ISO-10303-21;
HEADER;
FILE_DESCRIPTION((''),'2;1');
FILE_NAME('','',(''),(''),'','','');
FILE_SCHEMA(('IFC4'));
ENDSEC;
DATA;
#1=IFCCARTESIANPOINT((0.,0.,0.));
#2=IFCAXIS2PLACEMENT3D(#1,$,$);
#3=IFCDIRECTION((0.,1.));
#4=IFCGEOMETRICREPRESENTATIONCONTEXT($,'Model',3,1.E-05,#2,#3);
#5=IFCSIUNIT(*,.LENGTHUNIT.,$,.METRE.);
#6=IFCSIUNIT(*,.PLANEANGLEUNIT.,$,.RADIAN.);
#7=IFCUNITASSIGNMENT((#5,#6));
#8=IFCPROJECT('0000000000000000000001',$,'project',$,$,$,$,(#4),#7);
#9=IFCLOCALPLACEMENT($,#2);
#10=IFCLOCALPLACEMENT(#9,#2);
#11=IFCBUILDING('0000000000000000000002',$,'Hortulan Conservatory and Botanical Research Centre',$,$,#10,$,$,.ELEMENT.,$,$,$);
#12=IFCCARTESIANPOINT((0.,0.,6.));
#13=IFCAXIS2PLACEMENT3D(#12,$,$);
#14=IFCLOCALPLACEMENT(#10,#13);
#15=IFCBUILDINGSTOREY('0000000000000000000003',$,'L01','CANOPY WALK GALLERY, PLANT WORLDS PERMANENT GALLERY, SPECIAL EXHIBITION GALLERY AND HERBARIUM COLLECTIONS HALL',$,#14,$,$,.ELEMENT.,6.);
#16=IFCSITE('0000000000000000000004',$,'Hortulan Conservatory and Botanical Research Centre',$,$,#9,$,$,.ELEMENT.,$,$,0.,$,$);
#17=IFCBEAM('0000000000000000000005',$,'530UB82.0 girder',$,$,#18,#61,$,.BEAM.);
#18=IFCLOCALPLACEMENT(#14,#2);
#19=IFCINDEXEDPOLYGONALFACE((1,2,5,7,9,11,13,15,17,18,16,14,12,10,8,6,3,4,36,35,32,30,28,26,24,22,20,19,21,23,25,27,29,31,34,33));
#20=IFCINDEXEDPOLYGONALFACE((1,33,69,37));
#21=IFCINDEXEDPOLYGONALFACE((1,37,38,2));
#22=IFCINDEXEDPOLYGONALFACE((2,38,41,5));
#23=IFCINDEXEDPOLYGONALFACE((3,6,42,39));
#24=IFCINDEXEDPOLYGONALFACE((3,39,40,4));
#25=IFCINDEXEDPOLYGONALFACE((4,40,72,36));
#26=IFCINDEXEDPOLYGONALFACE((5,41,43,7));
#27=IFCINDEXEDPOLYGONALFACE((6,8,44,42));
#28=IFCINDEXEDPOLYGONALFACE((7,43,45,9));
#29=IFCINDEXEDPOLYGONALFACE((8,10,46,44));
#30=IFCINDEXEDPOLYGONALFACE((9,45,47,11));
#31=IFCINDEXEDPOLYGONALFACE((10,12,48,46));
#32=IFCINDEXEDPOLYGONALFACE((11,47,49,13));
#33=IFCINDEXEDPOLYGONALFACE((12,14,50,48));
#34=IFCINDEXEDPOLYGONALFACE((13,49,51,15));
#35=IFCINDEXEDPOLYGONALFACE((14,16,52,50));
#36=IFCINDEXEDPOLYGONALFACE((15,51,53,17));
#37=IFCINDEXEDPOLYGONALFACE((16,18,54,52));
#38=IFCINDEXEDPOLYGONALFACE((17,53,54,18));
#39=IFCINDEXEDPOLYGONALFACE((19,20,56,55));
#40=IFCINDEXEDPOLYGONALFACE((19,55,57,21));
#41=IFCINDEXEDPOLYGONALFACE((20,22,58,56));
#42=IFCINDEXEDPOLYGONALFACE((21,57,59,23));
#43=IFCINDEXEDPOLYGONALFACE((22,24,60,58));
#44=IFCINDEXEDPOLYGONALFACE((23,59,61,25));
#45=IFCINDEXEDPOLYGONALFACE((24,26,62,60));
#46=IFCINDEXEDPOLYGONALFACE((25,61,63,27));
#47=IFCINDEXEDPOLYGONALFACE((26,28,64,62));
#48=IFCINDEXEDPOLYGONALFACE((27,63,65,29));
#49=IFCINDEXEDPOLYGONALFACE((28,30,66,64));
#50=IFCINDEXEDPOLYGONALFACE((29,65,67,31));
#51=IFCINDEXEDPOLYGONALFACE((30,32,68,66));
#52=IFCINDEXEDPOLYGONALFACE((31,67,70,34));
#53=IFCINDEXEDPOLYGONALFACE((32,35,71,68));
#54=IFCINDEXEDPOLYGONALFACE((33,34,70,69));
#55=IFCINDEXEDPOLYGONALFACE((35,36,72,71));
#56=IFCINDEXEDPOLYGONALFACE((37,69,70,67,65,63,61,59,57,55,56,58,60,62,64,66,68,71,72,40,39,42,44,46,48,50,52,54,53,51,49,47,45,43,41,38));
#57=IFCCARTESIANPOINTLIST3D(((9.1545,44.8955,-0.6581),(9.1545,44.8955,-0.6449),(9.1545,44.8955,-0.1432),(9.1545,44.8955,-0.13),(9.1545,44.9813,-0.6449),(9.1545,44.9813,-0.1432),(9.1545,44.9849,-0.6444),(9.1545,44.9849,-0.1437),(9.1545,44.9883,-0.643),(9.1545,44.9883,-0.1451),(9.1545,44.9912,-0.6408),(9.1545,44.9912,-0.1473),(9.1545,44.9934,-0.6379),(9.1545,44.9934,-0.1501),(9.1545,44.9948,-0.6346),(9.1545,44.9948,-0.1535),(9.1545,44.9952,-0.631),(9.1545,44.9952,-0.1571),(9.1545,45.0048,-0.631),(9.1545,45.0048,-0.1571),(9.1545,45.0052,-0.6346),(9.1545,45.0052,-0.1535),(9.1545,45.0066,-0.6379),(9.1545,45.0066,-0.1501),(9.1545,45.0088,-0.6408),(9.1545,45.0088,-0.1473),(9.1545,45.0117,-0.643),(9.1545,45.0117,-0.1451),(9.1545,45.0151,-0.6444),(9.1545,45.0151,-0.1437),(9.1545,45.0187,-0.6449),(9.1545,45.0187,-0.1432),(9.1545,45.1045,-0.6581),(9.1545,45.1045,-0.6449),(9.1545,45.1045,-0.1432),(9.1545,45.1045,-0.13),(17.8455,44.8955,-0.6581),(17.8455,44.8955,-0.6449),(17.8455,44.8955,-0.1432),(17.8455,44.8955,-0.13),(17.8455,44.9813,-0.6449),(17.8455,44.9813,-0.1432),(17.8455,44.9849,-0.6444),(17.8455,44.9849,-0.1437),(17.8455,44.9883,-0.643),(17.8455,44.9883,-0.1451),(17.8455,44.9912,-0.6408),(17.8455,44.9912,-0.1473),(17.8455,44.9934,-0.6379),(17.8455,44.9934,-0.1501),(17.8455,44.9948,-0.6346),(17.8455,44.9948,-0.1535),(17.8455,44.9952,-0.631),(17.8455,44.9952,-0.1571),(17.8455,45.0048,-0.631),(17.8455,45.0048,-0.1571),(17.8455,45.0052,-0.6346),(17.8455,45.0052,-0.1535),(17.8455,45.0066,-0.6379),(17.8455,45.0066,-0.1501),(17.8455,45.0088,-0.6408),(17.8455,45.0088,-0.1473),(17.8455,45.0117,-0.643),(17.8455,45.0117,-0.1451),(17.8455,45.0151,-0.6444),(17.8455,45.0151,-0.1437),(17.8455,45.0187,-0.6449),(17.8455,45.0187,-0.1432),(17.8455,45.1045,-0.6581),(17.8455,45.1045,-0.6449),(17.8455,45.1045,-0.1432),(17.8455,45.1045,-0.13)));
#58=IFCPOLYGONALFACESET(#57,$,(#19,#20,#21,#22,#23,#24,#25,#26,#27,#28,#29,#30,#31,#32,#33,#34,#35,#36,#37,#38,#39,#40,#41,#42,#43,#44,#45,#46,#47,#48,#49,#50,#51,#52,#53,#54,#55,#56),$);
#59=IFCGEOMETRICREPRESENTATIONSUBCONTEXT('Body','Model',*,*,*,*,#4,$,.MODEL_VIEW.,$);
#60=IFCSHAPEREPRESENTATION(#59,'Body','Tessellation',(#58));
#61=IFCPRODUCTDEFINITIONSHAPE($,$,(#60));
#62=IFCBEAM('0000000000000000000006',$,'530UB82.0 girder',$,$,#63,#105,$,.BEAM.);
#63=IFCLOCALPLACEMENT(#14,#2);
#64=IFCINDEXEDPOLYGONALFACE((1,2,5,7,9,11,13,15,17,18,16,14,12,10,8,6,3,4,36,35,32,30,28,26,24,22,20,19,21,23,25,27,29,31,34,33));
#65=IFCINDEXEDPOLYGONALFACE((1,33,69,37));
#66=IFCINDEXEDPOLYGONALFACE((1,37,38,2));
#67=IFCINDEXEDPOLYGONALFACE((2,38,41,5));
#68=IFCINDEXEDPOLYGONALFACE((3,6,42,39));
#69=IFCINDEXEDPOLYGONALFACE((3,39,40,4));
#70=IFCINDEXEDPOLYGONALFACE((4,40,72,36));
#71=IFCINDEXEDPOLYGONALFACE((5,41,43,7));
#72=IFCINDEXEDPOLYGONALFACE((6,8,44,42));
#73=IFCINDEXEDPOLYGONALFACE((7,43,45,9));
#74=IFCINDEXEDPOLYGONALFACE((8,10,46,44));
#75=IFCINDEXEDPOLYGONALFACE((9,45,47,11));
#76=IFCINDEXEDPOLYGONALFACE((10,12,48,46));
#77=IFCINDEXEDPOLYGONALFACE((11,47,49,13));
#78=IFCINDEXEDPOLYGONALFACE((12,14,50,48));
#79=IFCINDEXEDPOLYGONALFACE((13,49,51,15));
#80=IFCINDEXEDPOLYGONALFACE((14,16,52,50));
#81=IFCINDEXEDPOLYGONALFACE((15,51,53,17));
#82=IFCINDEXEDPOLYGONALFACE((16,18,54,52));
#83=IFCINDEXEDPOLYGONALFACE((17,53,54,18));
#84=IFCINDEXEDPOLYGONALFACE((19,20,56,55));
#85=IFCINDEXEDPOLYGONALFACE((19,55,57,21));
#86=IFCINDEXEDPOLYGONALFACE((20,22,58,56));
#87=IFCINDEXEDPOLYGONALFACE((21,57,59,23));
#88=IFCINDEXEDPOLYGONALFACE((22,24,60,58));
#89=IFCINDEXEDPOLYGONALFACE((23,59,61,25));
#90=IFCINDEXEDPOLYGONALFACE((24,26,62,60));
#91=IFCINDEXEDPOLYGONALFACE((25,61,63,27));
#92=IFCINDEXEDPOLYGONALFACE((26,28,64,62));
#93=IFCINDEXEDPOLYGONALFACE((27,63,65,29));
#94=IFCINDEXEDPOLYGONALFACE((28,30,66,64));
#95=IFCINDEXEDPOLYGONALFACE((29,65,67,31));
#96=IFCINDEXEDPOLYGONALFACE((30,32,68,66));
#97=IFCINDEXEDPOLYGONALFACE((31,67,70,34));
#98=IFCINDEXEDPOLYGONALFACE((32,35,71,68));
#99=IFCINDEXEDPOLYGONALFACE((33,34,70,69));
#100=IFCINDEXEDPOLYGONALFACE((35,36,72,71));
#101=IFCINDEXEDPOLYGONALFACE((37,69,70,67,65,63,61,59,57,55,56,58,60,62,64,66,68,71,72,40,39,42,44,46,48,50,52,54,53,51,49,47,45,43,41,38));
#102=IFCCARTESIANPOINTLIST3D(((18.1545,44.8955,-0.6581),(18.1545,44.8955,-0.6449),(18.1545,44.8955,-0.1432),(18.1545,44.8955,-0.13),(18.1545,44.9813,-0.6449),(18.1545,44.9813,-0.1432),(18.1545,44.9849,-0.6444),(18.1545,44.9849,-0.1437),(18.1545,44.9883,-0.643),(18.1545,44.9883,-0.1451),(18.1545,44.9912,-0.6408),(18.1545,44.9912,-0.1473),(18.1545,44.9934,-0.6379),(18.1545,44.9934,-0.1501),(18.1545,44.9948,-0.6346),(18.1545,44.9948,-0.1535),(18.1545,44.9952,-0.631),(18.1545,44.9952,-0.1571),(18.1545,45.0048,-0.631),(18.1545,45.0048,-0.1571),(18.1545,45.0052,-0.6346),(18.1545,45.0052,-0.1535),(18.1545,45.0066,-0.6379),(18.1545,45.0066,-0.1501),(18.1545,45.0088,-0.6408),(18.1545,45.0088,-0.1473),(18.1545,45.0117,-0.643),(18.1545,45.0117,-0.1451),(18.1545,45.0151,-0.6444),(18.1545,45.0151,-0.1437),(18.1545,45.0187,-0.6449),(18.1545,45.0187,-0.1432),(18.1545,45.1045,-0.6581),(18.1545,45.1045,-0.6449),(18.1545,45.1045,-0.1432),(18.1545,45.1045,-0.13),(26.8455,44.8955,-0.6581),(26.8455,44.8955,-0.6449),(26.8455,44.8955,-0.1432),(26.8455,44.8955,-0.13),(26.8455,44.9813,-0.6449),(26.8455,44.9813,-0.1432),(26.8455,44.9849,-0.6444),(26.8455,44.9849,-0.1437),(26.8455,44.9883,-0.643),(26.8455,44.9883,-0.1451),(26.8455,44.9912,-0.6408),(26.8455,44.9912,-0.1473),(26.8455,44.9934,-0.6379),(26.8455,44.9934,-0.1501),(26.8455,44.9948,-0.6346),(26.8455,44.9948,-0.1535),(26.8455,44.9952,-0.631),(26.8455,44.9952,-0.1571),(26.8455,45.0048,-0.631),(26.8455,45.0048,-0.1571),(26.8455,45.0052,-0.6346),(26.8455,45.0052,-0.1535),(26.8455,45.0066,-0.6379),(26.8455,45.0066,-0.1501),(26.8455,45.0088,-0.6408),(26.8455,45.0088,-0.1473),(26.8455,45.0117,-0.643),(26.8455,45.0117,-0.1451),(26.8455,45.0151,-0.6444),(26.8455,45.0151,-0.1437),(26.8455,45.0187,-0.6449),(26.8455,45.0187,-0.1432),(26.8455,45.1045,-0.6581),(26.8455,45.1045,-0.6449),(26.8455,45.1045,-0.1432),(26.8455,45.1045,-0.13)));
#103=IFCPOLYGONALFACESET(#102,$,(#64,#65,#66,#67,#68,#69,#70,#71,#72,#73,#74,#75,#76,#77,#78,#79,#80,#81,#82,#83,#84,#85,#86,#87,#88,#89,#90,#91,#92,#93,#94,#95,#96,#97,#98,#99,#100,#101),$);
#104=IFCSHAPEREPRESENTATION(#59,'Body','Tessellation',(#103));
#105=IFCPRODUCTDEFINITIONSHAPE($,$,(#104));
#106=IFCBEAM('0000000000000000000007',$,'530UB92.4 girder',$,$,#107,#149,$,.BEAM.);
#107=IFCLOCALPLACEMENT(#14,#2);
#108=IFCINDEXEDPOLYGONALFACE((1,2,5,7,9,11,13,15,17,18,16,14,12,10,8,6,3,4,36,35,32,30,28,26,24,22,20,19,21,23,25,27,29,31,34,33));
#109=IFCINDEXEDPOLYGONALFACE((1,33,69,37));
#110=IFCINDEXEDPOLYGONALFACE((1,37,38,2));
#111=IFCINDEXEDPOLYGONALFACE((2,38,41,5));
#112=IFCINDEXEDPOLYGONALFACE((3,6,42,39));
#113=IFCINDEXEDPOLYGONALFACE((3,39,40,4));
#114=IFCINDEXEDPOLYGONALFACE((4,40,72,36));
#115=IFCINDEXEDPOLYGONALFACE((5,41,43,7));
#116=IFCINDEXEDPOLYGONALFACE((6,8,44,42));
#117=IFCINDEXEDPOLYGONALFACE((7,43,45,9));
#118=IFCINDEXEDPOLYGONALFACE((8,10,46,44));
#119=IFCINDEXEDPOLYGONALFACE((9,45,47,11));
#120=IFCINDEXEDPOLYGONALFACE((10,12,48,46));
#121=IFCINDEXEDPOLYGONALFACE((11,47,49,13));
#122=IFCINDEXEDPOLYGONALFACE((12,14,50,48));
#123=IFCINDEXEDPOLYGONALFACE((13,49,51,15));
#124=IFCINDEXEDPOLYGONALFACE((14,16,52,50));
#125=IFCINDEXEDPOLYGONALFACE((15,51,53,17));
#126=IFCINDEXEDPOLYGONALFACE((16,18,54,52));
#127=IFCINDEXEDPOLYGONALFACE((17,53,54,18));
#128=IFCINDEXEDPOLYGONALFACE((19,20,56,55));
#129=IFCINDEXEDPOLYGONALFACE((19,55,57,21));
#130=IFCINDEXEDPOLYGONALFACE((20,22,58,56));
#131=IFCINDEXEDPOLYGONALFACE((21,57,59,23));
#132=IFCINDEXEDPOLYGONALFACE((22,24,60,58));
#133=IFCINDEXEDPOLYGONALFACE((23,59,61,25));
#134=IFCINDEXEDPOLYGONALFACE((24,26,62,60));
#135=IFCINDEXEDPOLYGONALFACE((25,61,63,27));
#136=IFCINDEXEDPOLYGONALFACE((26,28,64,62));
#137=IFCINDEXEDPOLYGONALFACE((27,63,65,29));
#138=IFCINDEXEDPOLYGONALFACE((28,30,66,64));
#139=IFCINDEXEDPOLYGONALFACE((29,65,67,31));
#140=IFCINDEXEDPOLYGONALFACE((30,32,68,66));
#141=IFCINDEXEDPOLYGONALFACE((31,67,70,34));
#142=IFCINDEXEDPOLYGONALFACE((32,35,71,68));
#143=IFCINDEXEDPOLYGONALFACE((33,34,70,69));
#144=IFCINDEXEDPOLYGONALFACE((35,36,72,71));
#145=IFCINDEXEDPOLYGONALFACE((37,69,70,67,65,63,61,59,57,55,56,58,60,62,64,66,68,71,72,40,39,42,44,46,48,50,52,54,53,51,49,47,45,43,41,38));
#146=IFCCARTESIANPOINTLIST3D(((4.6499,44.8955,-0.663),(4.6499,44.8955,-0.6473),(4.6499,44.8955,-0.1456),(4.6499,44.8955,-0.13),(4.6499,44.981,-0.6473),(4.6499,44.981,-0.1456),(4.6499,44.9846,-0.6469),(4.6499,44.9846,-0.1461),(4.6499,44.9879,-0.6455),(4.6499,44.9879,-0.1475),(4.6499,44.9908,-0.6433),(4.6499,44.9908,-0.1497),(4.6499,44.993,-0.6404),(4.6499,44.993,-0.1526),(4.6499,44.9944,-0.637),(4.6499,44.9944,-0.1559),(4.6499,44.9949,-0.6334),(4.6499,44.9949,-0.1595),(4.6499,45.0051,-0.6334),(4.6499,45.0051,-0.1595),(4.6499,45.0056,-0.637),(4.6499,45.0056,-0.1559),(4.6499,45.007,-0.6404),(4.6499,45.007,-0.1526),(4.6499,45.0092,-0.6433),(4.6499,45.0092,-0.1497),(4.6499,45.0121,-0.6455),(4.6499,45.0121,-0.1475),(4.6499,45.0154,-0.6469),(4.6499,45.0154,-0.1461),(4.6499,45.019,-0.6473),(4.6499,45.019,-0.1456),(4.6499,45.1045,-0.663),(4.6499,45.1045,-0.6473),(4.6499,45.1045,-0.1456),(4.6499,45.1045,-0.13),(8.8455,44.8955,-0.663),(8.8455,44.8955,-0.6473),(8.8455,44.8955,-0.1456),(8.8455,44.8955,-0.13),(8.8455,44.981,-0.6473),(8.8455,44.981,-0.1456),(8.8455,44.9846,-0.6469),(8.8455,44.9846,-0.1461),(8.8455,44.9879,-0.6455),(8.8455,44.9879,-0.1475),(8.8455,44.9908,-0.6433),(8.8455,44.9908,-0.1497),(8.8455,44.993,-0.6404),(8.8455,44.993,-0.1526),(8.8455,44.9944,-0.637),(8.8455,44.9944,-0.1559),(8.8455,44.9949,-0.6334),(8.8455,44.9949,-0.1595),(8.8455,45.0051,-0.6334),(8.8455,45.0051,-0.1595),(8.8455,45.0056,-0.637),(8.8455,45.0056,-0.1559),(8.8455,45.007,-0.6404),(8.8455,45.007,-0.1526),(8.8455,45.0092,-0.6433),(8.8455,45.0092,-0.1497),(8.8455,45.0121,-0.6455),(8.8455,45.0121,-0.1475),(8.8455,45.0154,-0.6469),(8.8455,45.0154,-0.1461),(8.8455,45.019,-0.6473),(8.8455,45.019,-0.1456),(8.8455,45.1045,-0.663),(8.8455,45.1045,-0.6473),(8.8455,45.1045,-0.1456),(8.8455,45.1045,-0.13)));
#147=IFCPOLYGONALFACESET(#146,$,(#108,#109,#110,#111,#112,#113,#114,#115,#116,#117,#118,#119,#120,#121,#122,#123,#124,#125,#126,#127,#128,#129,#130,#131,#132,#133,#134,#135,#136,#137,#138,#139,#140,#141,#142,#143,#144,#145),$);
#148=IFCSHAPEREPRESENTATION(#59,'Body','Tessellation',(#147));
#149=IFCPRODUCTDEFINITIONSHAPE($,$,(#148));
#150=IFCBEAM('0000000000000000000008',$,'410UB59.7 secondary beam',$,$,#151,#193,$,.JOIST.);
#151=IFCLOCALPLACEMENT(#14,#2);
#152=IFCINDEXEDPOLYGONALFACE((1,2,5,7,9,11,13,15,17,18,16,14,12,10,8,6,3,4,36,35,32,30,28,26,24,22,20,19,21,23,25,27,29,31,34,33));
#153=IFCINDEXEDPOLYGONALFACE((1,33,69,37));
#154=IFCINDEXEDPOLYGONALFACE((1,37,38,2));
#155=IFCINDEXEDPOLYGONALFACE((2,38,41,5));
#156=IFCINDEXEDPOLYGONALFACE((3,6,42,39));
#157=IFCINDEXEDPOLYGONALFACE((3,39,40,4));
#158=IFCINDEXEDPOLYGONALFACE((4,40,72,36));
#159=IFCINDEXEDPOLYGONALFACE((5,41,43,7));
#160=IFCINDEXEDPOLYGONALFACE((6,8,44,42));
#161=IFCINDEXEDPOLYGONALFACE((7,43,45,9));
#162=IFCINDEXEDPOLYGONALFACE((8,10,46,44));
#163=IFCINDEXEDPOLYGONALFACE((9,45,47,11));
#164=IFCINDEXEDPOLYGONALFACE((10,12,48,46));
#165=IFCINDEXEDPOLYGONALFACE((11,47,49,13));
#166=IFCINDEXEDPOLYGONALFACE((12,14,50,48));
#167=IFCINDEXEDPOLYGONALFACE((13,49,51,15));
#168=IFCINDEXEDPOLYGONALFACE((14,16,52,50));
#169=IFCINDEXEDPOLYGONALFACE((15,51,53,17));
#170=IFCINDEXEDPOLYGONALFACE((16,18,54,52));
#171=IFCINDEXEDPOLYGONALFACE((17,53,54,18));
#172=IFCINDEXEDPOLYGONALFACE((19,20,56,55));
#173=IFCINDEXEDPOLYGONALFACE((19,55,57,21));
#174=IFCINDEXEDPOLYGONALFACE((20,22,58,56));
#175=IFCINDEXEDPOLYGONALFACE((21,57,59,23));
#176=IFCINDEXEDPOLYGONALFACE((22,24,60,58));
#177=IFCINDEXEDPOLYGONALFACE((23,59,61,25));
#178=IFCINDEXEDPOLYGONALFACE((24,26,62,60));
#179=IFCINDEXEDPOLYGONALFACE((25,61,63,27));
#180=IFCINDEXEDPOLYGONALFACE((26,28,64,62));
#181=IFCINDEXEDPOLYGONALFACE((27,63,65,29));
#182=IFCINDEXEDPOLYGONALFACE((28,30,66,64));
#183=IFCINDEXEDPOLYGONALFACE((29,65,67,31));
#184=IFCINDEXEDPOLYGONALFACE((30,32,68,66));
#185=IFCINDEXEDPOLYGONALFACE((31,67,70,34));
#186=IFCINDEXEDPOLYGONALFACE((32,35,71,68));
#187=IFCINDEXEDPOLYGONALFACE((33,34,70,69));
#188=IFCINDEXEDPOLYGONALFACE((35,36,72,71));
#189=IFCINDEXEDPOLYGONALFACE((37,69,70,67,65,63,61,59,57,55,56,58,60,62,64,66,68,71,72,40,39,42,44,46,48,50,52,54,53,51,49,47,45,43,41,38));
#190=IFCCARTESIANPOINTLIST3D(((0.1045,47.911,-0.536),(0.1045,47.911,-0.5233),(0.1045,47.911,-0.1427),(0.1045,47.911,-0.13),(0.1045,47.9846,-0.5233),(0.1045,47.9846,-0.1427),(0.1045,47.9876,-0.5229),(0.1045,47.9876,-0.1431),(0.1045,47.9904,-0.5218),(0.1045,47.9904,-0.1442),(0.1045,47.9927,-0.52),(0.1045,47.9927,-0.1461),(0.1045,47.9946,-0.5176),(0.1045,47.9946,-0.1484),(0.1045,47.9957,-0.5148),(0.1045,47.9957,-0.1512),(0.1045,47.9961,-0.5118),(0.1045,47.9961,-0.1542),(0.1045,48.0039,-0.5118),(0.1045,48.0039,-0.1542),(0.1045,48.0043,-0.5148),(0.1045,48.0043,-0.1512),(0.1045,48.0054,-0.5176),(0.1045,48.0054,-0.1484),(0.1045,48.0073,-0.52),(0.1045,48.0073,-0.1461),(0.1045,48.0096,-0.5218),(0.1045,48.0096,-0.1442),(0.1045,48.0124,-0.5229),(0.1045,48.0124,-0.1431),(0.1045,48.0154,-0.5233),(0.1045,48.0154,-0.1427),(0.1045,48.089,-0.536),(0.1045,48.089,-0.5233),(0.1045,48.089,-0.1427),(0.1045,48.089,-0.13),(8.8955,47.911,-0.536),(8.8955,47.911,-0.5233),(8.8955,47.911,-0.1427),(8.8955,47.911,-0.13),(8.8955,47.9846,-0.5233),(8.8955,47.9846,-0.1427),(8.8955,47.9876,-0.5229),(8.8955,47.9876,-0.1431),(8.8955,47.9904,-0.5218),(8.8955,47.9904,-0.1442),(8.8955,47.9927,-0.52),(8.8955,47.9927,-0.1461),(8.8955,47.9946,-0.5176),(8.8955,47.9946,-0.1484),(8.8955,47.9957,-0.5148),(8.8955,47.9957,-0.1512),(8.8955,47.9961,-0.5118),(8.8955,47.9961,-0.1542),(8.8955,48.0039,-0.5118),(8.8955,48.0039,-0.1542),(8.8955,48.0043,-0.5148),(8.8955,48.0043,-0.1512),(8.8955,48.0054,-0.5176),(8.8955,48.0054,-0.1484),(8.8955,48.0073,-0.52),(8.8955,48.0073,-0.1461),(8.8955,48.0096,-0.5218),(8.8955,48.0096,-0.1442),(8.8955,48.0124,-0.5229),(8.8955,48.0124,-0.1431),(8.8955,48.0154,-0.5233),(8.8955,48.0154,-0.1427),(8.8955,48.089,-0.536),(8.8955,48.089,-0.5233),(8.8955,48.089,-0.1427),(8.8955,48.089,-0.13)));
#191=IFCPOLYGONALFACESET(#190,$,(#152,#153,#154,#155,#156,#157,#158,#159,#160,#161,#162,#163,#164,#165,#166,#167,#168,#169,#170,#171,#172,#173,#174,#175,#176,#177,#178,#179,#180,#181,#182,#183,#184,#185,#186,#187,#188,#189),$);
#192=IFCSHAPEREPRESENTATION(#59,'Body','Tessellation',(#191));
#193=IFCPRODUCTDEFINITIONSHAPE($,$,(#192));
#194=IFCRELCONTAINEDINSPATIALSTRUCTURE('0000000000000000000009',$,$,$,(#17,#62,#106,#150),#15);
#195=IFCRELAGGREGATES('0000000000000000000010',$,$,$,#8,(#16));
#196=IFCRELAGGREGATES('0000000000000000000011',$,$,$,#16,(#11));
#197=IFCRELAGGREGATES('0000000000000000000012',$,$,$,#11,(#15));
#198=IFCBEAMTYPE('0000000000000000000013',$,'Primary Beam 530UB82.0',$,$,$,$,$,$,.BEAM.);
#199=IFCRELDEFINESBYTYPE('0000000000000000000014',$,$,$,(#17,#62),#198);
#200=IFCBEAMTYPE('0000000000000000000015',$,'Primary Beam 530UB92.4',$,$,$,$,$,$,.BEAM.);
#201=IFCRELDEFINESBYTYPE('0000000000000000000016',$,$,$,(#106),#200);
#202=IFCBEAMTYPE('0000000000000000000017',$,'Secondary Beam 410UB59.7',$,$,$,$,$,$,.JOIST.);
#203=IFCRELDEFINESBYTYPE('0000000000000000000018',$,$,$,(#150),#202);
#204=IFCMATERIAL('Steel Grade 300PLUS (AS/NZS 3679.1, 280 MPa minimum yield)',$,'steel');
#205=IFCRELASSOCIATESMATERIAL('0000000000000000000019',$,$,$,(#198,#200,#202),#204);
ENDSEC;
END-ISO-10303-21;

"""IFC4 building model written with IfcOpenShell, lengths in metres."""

from ifc_helpers import new_model, si_unit, direction, frame, origin, origin_2d, place, context, subcontext, project, spatial, i_section, extrude, material, material_profile, profile_set, type_object, element, save


model = new_model("IFC4")

# Units and contexts
model_context = context("Model", 3, precision=1e-05, world=origin(), true_north=direction((0.0, 1.0)))
body_context = subcontext(model_context, "Body", "Model", "MODEL_VIEW")
ifc_project = project(units=[si_unit("LENGTHUNIT", "METRE"), si_unit("PLANEANGLEUNIT", "RADIAN")], contexts=[model_context])

# Site, building, storey
site_placement = place(None, origin())
site = spatial("IfcSite", under=ifc_project, at=site_placement, Name="Hortulan Conservatory and Botanical Research Centre", CompositionType="ELEMENT", RefElevation=0.0)
building_placement = place(site_placement, origin())
building = spatial("IfcBuilding", under=site, at=building_placement, Name="Hortulan Conservatory and Botanical Research Centre", CompositionType="ELEMENT")
storey_placement = place(building_placement, frame((0.0, 0.0, 6.0)))
storey = spatial("IfcBuildingStorey", under=building, at=storey_placement, Name="L01", Description="CANOPY WALK GALLERY, PLANT WORLDS PERMANENT GALLERY, SPECIAL EXHIBITION GALLERY AND HERBARIUM COLLECTIONS HALL", CompositionType="ELEMENT", Elevation=6.0)

# Shared definitions
ifc_material_1 = material(Name="Steel Grade 300PLUS (AS/NZS 3679.1, 280 MPa minimum yield)", Category="steel")

# Beams
ifc_material_profile_1 = material_profile(ifc_material_1, i_section(OverallWidth=0.209, OverallDepth=0.5281, WebThickness=0.0095, FlangeThickness=0.0132, FilletRadius=0.0139, at=origin_2d()), Name="530UB82.0")
ifc_profile_set_1 = profile_set([ifc_material_profile_1], Name="Steel Grade 300PLUS (AS/NZS 3679.1, 280 MPa minimum yield)")
beam_type_1 = type_object("IfcBeamType", Name="Primary Beam 530UB82.0", PredefinedType="BEAM", material=ifc_profile_set_1)
for number, where, z_axis, x_axis, name in (
    (1, (9.1545, 45.0, -0.394), (1.0, 0.0, 0.0), (0.0, 1.0, 0.0), "530UB82.0 girder"),
    (2, (18.1545, 45.0, -0.394), (1.0, 0.0, 0.0), (0.0, 1.0, 0.0), "530UB82.0 girder"),
):
    element("IfcBeam", number, at=place(storey_placement, frame(where, z_axis=z_axis, x_axis=x_axis)), inside=storey, type_object=beam_type_1, Name=name, PredefinedType="BEAM", context=body_context, shape_type="SweptSolid", body=[
        extrude(i_section(OverallWidth=0.209, OverallDepth=0.5281, WebThickness=0.0095, FlangeThickness=0.0132, FilletRadius=0.0139, at=origin_2d()), origin(), (0.0, 0.0, 1.0), 8.6909),
    ])
ifc_material_profile_2 = material_profile(ifc_material_1, i_section(OverallWidth=0.209, OverallDepth=0.533, WebThickness=0.0103, FlangeThickness=0.0156, FilletRadius=0.0139, at=origin_2d()), Name="530UB92.4")
ifc_profile_set_2 = profile_set([ifc_material_profile_2], Name="Steel Grade 300PLUS (AS/NZS 3679.1, 280 MPa minimum yield)")
beam_type_2 = type_object("IfcBeamType", Name="Primary Beam 530UB92.4", PredefinedType="BEAM", material=ifc_profile_set_2)
beam_1_placement = place(storey_placement, frame((4.6499, 45.0, -0.3965), z_axis=(1.0, 0.0, 0.0), x_axis=(0.0, 1.0, 0.0)))
element("IfcBeam", 3, at=beam_1_placement, inside=storey, type_object=beam_type_2, Name="530UB92.4 girder", PredefinedType="BEAM", context=body_context, shape_type="SweptSolid", body=[
    extrude(i_section(OverallWidth=0.209, OverallDepth=0.533, WebThickness=0.0103, FlangeThickness=0.0156, FilletRadius=0.0139, at=origin_2d()), origin(), (0.0, 0.0, 1.0), 4.1956),
])
ifc_material_profile_3 = material_profile(ifc_material_1, i_section(OverallWidth=0.178, OverallDepth=0.406, WebThickness=0.0078, FlangeThickness=0.0127, FilletRadius=0.0115, at=origin_2d()), Name="410UB59.7")
ifc_profile_set_3 = profile_set([ifc_material_profile_3], Name="Steel Grade 300PLUS (AS/NZS 3679.1, 280 MPa minimum yield)")
beam_type_3 = type_object("IfcBeamType", Name="Secondary Beam 410UB59.7", PredefinedType="JOIST", material=ifc_profile_set_3)
for number, where, z_axis, x_axis, name in (
    (4, (0.1045, 48.0, -0.333), (1.0, 0.0, 0.0), (0.0, 1.0, 0.0), "410UB59.7 secondary beam"),
):
    element("IfcBeam", number, at=place(storey_placement, frame(where, z_axis=z_axis, x_axis=x_axis)), inside=storey, type_object=beam_type_3, Name=name, PredefinedType="JOIST", context=body_context, shape_type="SweptSolid", body=[
        extrude(i_section(OverallWidth=0.178, OverallDepth=0.406, WebThickness=0.0078, FlangeThickness=0.0127, FilletRadius=0.0115, at=origin_2d()), origin(), (0.0, 0.0, 1.0), 8.791),
    ])

save(model, "model.ifc")
